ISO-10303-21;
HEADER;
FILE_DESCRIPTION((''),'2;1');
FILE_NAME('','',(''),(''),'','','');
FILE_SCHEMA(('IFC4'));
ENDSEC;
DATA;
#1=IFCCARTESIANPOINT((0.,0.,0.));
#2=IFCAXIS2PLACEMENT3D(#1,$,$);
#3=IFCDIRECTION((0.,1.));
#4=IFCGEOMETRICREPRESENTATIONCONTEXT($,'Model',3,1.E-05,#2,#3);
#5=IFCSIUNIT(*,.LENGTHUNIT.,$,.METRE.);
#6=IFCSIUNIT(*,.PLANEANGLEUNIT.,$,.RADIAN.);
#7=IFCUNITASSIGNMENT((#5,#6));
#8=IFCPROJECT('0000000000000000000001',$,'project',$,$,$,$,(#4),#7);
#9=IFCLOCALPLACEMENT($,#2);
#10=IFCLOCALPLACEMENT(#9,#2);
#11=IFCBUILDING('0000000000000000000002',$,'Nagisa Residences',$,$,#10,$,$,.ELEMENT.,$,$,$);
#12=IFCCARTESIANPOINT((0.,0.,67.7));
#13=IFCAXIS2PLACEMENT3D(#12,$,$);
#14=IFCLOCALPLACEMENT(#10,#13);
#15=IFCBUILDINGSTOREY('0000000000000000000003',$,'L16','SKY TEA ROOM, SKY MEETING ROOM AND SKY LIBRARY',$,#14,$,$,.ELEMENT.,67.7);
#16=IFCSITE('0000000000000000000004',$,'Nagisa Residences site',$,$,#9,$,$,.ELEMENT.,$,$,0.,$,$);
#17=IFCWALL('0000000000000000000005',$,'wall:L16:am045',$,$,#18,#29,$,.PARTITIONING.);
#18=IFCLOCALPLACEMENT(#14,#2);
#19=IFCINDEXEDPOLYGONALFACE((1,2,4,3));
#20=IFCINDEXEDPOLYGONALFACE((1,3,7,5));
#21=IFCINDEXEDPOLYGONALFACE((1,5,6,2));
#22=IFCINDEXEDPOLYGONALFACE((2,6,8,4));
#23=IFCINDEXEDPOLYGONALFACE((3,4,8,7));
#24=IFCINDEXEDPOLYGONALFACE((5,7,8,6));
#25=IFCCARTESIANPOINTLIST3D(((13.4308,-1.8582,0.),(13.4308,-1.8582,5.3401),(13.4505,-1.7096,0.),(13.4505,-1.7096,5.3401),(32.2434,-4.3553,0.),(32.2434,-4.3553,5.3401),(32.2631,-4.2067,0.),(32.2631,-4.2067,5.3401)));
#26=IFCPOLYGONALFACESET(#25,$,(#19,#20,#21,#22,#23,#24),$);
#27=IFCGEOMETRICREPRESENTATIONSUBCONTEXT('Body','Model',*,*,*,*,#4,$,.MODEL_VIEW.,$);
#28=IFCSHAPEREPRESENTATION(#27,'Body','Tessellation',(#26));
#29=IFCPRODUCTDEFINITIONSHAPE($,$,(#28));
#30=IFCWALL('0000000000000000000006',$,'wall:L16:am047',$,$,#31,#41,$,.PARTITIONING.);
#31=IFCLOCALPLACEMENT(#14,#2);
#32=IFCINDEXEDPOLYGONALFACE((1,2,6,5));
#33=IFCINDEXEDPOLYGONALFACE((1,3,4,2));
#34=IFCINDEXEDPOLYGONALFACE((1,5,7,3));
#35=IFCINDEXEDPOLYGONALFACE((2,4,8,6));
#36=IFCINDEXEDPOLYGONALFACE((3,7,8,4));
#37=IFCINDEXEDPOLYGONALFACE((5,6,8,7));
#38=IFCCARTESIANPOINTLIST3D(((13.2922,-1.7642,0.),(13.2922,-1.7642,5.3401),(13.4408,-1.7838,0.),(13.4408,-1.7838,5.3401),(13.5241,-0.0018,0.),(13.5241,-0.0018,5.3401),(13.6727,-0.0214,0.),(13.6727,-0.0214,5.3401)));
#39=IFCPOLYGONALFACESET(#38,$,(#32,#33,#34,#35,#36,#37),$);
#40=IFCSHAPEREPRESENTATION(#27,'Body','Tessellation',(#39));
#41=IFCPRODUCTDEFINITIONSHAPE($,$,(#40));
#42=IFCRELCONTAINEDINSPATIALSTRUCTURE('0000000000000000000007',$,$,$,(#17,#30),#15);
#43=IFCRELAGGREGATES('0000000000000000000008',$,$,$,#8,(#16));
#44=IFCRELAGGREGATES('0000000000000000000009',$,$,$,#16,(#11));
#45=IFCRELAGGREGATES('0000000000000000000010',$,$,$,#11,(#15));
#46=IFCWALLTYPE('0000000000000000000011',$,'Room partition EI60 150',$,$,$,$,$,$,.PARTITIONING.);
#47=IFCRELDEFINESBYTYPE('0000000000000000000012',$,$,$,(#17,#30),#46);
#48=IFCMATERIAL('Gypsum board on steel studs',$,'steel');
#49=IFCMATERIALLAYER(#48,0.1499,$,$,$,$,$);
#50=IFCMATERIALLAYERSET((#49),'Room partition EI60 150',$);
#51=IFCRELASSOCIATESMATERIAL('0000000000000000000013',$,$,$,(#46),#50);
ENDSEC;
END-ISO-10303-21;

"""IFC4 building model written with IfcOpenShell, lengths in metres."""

from ifc_helpers import new_model, si_unit, direction, frame, frame_2d, origin, place, context, subcontext, project, spatial, rectangle, extrude, material, layer, layer_set, type_object, element, save


model = new_model("IFC4")

# Units and contexts
model_context = context("Model", 3, precision=1e-05, world=origin(), true_north=direction((0.0, 1.0)))
body_context = subcontext(model_context, "Body", "Model", "MODEL_VIEW")
ifc_project = project(units=[si_unit("LENGTHUNIT", "METRE"), si_unit("PLANEANGLEUNIT", "RADIAN")], contexts=[model_context])

# Site, building, storey
site_placement = place(None, origin())
site = spatial("IfcSite", under=ifc_project, at=site_placement, Name="Nagisa Residences site", CompositionType="ELEMENT", RefElevation=0.0)
building_placement = place(site_placement, origin())
building = spatial("IfcBuilding", under=site, at=building_placement, Name="Nagisa Residences", CompositionType="ELEMENT")
storey_placement = place(building_placement, frame((0.0, 0.0, 67.7)))
storey = spatial("IfcBuildingStorey", under=building, at=storey_placement, Name="L16", Description="SKY TEA ROOM, SKY MEETING ROOM AND SKY LIBRARY", CompositionType="ELEMENT", Elevation=67.7)

# Shared definitions
ifc_material_1 = material(Name="Gypsum board on steel studs", Category="steel")
ifc_layer_1 = layer(ifc_material_1, 0.1499)
ifc_layer_set_1 = layer_set([ifc_layer_1], Name="Room partition EI60 150")
wall_type = type_object("IfcWallType", Name="Room partition EI60 150", PredefinedType="PARTITIONING", material=ifc_layer_set_1)

# Walls
wall_1_placement = place(storey_placement, frame((13.4407, -1.7839, 0.0), z_axis=(0.0, 0.0, 1.0), x_axis=(0.991305, -0.131581, 0.0)))
element("IfcWall", 1, at=wall_1_placement, inside=storey, type_object=wall_type, Name="wall:L16:am045", PredefinedType="PARTITIONING", context=body_context, shape_type="SweptSolid", body=[
    extrude(rectangle(XDim=18.9775, YDim=0.1499, at=frame_2d((9.4888, 0.0))), origin(), (0.0, 0.0, 1.0), 5.3401),
])
wall_2_placement = place(storey_placement, frame((13.5984, -0.0117, 0.0), z_axis=(0.0, 0.0, 1.0), x_axis=(-0.130472, -0.991452, 0.0)))
element("IfcWall", 2, at=wall_2_placement, inside=storey, type_object=wall_type, Name="wall:L16:am047", PredefinedType="PARTITIONING", context=body_context, shape_type="SweptSolid", body=[
    extrude(rectangle(XDim=1.7776, YDim=0.1499, at=frame_2d((0.8887, 0.0))), origin(), (0.0, 0.0, 1.0), 5.3401),
])

save(model, "model.ifc")
